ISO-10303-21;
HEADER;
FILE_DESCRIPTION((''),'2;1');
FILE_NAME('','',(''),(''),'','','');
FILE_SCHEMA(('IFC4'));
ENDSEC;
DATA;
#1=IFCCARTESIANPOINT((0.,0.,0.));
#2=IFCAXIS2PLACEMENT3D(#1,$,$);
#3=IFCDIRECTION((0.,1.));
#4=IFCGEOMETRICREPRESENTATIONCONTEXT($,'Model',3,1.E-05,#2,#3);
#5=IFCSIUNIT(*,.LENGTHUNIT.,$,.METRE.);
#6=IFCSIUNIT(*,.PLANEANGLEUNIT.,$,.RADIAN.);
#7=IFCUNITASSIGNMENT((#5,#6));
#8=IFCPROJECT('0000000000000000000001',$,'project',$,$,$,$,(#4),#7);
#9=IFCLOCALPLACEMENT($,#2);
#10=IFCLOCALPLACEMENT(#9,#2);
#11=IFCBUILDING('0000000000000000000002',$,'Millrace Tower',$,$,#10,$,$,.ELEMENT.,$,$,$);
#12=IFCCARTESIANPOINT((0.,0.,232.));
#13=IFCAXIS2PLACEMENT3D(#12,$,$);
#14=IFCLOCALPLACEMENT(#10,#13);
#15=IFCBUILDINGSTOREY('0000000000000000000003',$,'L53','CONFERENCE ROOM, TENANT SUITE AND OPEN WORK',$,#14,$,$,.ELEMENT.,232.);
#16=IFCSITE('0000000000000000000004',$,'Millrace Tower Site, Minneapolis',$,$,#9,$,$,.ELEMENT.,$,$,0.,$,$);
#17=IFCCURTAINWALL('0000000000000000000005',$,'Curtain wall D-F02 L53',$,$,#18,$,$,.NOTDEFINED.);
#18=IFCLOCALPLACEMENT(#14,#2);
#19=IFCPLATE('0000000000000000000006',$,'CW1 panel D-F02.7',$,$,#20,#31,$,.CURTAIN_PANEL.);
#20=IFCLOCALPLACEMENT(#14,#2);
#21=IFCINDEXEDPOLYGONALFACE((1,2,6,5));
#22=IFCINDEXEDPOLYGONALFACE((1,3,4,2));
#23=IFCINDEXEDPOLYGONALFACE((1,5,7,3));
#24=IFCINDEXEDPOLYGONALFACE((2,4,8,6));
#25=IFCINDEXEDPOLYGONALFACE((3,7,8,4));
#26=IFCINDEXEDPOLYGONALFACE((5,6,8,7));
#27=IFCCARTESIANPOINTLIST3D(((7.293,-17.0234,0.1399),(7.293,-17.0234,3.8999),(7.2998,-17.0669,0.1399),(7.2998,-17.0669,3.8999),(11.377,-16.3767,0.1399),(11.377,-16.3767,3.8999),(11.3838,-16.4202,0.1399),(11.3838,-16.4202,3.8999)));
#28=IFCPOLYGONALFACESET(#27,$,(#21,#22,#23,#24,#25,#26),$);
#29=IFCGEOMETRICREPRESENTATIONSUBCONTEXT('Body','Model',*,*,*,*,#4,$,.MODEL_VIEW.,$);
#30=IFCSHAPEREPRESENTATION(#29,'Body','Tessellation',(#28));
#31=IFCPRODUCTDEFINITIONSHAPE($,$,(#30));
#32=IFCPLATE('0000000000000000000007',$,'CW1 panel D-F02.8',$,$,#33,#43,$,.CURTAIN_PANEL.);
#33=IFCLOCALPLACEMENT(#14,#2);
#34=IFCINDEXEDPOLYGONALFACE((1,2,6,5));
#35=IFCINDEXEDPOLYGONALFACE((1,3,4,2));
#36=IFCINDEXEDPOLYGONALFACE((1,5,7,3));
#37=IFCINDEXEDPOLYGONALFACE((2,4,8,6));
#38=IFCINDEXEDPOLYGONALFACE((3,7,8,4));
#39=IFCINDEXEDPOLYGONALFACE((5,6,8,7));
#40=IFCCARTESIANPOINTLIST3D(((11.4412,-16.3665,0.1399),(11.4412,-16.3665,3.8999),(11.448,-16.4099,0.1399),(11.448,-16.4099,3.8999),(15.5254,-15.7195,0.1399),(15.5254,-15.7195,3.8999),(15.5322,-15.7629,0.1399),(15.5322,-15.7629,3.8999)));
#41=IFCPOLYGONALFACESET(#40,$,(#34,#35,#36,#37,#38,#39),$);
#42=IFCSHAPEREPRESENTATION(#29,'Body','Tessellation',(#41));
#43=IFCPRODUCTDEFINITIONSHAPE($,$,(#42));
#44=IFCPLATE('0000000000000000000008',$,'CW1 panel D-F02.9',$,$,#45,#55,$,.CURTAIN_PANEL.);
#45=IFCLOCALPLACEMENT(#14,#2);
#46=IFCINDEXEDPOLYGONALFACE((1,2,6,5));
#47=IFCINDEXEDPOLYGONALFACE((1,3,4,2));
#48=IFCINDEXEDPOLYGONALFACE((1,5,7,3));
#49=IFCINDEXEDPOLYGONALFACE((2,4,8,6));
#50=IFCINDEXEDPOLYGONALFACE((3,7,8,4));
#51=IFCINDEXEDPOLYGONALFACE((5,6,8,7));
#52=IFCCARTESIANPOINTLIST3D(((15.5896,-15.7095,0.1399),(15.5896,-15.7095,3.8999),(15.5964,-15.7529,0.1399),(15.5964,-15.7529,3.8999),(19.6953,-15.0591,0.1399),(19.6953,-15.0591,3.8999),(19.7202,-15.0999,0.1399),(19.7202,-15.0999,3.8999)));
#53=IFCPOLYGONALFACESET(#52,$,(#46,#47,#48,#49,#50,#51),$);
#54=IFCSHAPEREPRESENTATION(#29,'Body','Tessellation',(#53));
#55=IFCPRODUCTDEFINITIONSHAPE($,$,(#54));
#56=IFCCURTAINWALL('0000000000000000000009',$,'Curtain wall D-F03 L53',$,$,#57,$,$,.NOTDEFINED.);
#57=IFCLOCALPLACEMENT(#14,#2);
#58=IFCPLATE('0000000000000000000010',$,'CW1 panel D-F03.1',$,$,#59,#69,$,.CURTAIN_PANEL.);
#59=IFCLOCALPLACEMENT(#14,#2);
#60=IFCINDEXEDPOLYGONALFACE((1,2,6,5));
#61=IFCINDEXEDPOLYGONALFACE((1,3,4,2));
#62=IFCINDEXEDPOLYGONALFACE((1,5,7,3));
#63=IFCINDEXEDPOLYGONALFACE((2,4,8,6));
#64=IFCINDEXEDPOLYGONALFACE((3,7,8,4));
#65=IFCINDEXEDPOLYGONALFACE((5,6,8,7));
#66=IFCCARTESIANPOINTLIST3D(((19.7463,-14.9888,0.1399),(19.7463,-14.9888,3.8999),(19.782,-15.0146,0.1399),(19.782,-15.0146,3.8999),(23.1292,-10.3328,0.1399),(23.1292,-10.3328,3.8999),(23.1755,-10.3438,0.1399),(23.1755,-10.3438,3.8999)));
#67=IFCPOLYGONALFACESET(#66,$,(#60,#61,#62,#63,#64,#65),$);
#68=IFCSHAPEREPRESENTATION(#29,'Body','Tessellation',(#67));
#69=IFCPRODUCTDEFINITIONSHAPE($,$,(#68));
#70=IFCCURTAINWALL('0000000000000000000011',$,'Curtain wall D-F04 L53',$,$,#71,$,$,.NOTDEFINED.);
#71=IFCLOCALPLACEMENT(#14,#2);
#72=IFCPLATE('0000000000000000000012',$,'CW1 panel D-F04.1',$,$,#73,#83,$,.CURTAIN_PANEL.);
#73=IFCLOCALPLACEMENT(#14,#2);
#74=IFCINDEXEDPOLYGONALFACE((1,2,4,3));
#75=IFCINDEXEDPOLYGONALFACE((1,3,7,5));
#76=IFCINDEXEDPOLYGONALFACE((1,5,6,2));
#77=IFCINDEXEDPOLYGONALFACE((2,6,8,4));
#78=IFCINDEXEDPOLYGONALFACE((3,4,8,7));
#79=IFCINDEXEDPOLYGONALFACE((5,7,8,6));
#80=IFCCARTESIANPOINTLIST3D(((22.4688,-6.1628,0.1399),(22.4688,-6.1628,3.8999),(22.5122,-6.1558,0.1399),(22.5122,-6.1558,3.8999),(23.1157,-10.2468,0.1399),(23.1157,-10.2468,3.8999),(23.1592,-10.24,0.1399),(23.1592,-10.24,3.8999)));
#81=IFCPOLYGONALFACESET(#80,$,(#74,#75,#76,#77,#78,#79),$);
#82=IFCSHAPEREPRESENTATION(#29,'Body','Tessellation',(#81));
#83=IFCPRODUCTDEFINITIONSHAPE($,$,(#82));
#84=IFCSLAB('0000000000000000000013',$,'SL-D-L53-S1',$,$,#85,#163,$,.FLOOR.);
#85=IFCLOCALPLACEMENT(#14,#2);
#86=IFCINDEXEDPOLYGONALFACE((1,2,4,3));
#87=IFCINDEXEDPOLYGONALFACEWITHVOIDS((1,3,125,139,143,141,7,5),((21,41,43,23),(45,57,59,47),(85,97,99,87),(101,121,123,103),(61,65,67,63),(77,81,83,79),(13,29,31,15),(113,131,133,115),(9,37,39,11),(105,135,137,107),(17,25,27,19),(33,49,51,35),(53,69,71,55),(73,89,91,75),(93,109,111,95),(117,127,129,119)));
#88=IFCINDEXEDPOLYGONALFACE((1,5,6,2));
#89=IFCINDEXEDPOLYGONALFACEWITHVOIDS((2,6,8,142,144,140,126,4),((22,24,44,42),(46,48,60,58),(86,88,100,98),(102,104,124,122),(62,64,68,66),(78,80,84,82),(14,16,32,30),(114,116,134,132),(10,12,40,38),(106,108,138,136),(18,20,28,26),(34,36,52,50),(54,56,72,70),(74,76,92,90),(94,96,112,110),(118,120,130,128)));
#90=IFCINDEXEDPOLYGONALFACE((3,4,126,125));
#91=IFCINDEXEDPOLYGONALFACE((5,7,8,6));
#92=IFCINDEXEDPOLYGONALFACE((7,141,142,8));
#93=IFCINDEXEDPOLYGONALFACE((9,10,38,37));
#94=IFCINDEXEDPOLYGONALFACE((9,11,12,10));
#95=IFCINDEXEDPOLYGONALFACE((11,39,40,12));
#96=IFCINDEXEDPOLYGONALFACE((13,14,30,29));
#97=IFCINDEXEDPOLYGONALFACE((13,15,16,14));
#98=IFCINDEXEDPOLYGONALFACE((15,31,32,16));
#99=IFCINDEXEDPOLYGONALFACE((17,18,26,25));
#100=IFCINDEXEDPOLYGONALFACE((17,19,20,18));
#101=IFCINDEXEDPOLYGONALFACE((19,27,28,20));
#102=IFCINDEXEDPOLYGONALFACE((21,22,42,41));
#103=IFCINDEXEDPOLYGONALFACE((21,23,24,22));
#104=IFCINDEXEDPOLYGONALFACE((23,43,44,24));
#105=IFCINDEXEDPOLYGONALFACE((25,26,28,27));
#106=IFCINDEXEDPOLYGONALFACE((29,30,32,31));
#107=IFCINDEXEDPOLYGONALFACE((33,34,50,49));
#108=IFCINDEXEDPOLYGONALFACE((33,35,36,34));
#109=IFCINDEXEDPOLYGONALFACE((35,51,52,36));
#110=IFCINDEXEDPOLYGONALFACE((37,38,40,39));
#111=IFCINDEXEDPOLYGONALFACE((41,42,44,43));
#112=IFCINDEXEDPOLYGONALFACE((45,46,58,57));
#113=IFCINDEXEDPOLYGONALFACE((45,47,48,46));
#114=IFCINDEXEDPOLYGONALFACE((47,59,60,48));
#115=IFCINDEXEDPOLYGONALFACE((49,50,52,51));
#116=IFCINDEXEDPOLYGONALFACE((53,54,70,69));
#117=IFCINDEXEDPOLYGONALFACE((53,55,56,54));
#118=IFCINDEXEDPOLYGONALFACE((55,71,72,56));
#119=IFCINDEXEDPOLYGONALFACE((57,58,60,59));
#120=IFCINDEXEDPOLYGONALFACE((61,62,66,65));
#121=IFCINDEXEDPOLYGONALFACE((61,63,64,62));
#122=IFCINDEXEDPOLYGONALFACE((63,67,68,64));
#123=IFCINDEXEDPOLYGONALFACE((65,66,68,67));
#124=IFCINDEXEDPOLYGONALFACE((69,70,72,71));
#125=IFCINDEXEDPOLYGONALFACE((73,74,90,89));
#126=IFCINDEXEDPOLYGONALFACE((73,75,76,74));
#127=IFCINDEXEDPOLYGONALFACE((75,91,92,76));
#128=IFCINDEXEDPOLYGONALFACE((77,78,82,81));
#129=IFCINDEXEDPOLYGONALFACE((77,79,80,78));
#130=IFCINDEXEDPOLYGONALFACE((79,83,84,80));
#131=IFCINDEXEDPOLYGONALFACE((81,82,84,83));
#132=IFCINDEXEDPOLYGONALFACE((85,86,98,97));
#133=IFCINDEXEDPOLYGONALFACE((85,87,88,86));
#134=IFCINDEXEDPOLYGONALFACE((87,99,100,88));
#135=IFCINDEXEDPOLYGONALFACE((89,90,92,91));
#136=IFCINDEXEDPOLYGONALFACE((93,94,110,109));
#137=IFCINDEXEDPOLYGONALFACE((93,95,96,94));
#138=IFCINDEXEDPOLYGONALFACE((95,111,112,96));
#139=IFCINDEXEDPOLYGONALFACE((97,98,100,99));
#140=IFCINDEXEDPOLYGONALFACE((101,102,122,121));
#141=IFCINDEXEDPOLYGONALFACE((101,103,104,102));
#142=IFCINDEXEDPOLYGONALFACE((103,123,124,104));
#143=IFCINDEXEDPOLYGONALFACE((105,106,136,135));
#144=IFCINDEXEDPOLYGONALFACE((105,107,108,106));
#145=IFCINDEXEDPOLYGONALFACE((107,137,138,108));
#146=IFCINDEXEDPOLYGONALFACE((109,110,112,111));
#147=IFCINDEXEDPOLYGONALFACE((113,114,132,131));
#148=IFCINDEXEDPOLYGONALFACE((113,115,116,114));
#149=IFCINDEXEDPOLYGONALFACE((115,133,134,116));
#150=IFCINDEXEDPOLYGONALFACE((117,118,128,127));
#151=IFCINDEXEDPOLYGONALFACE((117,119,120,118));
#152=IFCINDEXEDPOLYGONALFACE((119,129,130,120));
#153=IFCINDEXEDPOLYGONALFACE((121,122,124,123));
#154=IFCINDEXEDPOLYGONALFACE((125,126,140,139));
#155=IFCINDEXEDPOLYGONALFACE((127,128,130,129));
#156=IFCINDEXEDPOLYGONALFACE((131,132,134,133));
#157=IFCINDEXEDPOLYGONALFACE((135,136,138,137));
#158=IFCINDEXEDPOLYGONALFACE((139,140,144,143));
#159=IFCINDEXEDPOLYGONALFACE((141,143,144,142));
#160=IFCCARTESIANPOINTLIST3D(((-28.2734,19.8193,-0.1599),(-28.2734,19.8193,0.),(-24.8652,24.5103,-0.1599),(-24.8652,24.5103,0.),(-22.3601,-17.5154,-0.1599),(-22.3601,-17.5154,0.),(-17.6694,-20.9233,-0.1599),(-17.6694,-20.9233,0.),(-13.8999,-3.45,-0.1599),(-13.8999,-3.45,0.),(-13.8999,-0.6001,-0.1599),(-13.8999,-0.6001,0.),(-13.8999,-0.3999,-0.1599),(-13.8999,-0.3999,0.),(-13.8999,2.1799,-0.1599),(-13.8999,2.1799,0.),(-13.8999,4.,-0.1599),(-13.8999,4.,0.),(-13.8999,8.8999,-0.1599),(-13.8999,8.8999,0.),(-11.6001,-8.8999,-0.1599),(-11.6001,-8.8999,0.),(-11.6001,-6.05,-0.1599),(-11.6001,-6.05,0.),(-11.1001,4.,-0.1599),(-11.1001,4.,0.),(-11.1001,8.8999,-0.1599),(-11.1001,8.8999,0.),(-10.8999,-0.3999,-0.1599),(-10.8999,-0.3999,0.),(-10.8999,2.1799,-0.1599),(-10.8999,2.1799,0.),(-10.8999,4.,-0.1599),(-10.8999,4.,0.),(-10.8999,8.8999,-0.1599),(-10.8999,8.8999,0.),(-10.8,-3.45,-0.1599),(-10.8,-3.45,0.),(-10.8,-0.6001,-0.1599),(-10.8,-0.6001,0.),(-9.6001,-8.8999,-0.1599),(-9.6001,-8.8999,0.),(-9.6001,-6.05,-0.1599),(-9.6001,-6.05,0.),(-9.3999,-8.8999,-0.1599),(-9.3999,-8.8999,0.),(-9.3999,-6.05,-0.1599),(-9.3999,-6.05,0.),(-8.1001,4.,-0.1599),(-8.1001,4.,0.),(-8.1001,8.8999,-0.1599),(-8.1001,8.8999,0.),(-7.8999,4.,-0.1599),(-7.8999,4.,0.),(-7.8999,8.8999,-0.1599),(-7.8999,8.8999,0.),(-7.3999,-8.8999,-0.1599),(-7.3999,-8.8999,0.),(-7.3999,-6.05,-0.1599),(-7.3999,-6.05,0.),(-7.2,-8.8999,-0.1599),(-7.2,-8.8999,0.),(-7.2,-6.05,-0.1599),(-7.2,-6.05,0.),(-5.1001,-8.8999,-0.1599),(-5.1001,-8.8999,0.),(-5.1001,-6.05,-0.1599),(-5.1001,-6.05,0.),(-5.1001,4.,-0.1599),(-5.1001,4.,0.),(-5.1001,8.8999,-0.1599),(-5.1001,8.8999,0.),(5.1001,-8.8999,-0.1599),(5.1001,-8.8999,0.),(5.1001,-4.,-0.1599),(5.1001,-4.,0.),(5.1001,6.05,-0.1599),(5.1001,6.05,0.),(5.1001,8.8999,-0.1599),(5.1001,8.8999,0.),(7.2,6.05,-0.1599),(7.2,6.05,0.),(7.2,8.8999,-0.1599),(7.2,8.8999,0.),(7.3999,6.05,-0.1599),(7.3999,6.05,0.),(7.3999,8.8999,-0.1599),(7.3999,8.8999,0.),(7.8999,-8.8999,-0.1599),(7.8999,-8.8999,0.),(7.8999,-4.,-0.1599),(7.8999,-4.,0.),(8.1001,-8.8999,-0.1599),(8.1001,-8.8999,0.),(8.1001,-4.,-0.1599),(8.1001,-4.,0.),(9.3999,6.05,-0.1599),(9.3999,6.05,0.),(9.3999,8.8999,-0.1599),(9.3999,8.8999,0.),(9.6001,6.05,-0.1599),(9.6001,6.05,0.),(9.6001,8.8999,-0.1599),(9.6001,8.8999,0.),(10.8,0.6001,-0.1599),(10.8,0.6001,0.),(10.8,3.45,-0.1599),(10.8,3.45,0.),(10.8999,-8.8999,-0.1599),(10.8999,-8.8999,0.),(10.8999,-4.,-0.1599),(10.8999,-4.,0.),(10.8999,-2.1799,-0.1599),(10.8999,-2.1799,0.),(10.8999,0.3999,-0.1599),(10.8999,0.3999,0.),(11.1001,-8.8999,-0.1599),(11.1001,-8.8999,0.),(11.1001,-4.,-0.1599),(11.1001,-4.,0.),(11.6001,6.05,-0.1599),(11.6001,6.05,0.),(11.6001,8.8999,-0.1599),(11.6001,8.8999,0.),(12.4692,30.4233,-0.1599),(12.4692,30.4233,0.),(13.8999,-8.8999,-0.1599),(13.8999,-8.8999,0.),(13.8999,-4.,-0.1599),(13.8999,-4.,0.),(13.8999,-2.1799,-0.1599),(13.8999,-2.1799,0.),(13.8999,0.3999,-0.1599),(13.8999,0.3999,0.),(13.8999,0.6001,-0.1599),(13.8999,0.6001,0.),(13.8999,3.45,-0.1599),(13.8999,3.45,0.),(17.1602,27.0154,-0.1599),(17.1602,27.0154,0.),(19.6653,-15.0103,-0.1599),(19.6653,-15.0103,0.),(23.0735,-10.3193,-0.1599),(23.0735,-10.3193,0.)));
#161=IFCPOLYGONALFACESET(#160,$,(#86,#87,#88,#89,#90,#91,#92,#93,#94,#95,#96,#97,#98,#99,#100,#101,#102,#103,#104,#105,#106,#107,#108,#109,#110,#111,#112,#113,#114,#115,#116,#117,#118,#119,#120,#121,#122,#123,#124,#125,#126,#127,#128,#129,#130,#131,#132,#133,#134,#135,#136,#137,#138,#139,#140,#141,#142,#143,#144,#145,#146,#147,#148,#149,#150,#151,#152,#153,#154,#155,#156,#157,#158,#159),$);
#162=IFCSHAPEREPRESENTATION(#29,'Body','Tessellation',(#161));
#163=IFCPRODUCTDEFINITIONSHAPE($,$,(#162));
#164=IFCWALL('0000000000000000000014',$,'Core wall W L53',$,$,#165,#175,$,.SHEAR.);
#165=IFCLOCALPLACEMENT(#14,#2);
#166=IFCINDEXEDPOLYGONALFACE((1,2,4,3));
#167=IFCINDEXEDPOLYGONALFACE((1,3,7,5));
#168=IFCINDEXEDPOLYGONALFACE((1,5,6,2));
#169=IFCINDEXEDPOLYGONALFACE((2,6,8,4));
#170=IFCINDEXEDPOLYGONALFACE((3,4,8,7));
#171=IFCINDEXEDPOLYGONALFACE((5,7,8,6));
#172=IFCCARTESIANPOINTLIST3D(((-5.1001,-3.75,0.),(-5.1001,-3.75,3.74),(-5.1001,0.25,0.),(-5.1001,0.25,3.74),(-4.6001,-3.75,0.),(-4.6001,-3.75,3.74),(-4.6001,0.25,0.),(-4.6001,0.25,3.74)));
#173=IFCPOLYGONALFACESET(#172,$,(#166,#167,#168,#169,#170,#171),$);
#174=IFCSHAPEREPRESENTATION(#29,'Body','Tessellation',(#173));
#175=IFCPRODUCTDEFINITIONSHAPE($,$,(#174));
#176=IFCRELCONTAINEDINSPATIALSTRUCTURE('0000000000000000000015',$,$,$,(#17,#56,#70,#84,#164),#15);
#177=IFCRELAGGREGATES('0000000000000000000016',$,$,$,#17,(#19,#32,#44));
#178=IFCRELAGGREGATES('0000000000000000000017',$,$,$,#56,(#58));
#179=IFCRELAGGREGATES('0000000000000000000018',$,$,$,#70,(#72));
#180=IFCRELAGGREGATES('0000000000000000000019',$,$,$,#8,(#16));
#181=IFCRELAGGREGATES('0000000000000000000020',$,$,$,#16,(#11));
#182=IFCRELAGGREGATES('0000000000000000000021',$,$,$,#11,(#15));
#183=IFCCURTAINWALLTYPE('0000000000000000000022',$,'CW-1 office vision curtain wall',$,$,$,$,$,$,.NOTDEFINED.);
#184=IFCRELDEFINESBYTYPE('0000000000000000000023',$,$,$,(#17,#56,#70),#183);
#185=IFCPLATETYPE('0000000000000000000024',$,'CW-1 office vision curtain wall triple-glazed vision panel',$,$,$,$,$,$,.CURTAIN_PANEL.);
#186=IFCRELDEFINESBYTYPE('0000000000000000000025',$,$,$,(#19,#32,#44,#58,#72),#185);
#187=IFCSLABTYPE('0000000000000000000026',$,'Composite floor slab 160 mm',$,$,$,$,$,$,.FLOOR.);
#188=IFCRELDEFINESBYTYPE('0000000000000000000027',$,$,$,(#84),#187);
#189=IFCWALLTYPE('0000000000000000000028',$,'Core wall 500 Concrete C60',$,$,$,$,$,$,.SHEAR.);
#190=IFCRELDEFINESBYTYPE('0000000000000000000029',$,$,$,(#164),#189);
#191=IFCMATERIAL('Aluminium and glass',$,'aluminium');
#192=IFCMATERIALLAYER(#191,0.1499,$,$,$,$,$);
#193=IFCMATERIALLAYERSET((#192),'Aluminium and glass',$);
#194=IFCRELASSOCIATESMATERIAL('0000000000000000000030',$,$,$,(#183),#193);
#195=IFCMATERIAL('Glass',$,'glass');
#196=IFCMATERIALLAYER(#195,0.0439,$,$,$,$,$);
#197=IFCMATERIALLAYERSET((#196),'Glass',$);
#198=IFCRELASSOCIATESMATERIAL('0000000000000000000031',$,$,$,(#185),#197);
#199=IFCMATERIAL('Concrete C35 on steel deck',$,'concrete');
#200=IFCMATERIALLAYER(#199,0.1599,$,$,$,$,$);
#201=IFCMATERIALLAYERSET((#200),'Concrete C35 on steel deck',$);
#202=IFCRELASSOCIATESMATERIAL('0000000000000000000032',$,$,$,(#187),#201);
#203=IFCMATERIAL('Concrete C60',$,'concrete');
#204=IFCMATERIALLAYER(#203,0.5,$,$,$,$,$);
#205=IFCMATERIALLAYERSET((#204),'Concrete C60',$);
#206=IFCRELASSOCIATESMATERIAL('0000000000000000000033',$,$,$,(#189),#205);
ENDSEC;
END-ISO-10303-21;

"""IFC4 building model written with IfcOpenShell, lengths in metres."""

from ifc_helpers import new_model, si_unit, direction, frame, frame_2d, origin, place, context, subcontext, project, spatial, polyline, rectangle, outline, extrude, material, layer, layer_set, type_object, element, aggregate, save


model = new_model("IFC4")

# Units and contexts
model_context = context("Model", 3, precision=1e-05, world=origin(), true_north=direction((0.0, 1.0)))
body_context = subcontext(model_context, "Body", "Model", "MODEL_VIEW")
ifc_project = project(units=[si_unit("LENGTHUNIT", "METRE"), si_unit("PLANEANGLEUNIT", "RADIAN")], contexts=[model_context])

# Site, building, storey
site_placement = place(None, origin())
site = spatial("IfcSite", under=ifc_project, at=site_placement, Name="Millrace Tower Site, Minneapolis", CompositionType="ELEMENT", RefElevation=0.0)
building_placement = place(site_placement, origin())
building = spatial("IfcBuilding", under=site, at=building_placement, Name="Millrace Tower", CompositionType="ELEMENT")
storey_placement = place(building_placement, frame((0.0, 0.0, 232.0)))
storey = spatial("IfcBuildingStorey", under=building, at=storey_placement, Name="L53", Description="CONFERENCE ROOM, TENANT SUITE AND OPEN WORK", CompositionType="ELEMENT", Elevation=232.0)

# Shared definitions
ifc_material_1 = material(Name="Aluminium and glass", Category="aluminium")
ifc_layer_1 = layer(ifc_material_1, 0.1499)
ifc_layer_set_1 = layer_set([ifc_layer_1], Name="Aluminium and glass")
curtain_wall_type = type_object("IfcCurtainWallType", Name="CW-1 office vision curtain wall", PredefinedType="NOTDEFINED", material=ifc_layer_set_1)
placement_1 = place(storey_placement, origin())
ifc_material_2 = material(Name="Glass", Category="glass")
ifc_layer_2 = layer(ifc_material_2, 0.0439)
ifc_layer_set_2 = layer_set([ifc_layer_2], Name="Glass")
plate_type = type_object("IfcPlateType", Name="CW-1 office vision curtain wall triple-glazed vision panel", PredefinedType="CURTAIN_PANEL", material=ifc_layer_set_2)
placement_2 = place(storey_placement, frame((0.0, 0.0, 0.1399)))

# Curtain wall, plates
curtain_wall_1 = element("IfcCurtainWall", 1, at=placement_1, inside=storey, type_object=curtain_wall_type, Name="Curtain wall D-F02 L53", PredefinedType="NOTDEFINED")
plate_1 = element("IfcPlate", 2, at=placement_2, type_object=plate_type, Name="CW1 panel D-F02.7", PredefinedType="CURTAIN_PANEL", context=body_context, shape_type="SweptSolid", body=[
    extrude(outline(polyline([(7.2998, -17.0669), (11.3838, -16.4202), (11.377, -16.3767), (7.293, -17.0234), (7.2998, -17.0669)])), origin(), (0.0, 0.0, 1.0), 3.76),
])
plate_2 = element("IfcPlate", 3, at=placement_2, type_object=plate_type, Name="CW1 panel D-F02.8", PredefinedType="CURTAIN_PANEL", context=body_context, shape_type="SweptSolid", body=[
    extrude(outline(polyline([(11.448, -16.4099), (15.5322, -15.7629), (15.5254, -15.7195), (11.4412, -16.3665), (11.448, -16.4099)])), origin(), (0.0, 0.0, 1.0), 3.76),
])
plate_3 = element("IfcPlate", 4, at=placement_2, type_object=plate_type, Name="CW1 panel D-F02.9", PredefinedType="CURTAIN_PANEL", context=body_context, shape_type="SweptSolid", body=[
    extrude(outline(polyline([(15.5964, -15.7529), (19.7202, -15.0999), (19.6953, -15.0591), (15.5896, -15.7095), (15.5964, -15.7529)])), origin(), (0.0, 0.0, 1.0), 3.76),
])
aggregate(curtain_wall_1, [plate_1, plate_2, plate_3])

# Curtain walls, plates
curtain_wall_2 = element("IfcCurtainWall", 5, at=placement_1, inside=storey, type_object=curtain_wall_type, Name="Curtain wall D-F03 L53", PredefinedType="NOTDEFINED")
plate_4 = element("IfcPlate", 6, at=placement_2, type_object=plate_type, Name="CW1 panel D-F03.1", PredefinedType="CURTAIN_PANEL", context=body_context, shape_type="SweptSolid", body=[
    extrude(outline(polyline([(19.782, -15.0146), (23.1755, -10.3438), (23.1292, -10.3328), (19.7463, -14.9888), (19.782, -15.0146)])), origin(), (0.0, 0.0, 1.0), 3.76),
])
aggregate(curtain_wall_2, [plate_4])
curtain_wall_3 = element("IfcCurtainWall", 7, at=placement_1, inside=storey, type_object=curtain_wall_type, Name="Curtain wall D-F04 L53", PredefinedType="NOTDEFINED")
plate_5 = element("IfcPlate", 8, at=placement_2, type_object=plate_type, Name="CW1 panel D-F04.1", PredefinedType="CURTAIN_PANEL", context=body_context, shape_type="SweptSolid", body=[
    extrude(outline(polyline([(23.1592, -10.24), (22.5122, -6.1558), (22.4688, -6.1628), (23.1157, -10.2468), (23.1592, -10.24)])), origin(), (0.0, 0.0, 1.0), 3.76),
])
aggregate(curtain_wall_3, [plate_5])

# Slab
ifc_material_3 = material(Name="Concrete C35 on steel deck", Category="concrete")
ifc_layer_3 = layer(ifc_material_3, 0.1599)
ifc_layer_set_3 = layer_set([ifc_layer_3], Name="Concrete C35 on steel deck")
slab_type = type_object("IfcSlabType", Name="Composite floor slab 160 mm", PredefinedType="FLOOR", material=ifc_layer_set_3)
slab_placement = place(storey_placement, frame((0.0, 0.0, -0.1599)))
element("IfcSlab", 9, at=slab_placement, inside=storey, type_object=slab_type, Name="SL-D-L53-S1", PredefinedType="FLOOR", context=body_context, shape_type="SweptSolid", body=[
    extrude(outline(polyline([(-22.3601, -17.5154), (-17.6694, -20.9233), (19.6653, -15.0103), (23.0735, -10.3193), (17.1602, 27.0154), (12.4692, 30.4233), (-24.8652, 24.5103), (-28.2734, 19.8193), (-22.3601, -17.5154)]), holes=[polyline([(-11.6001, -8.8999), (-9.6001, -8.8999), (-9.6001, -6.05), (-11.6001, -6.05), (-11.6001, -8.8999)]), polyline([(-9.3999, -8.8999), (-7.3999, -8.8999), (-7.3999, -6.05), (-9.3999, -6.05), (-9.3999, -8.8999)]), polyline([(-7.2, -8.8999), (-5.1001, -8.8999), (-5.1001, -6.05), (-7.2, -6.05), (-7.2, -8.8999)]), polyline([(-13.8999, -3.45), (-10.8, -3.45), (-10.8, -0.6001), (-13.8999, -0.6001), (-13.8999, -3.45)]), polyline([(-13.8999, -0.3999), (-10.8999, -0.3999), (-10.8999, 2.1799), (-13.8999, 2.1799), (-13.8999, -0.3999)]), polyline([(-13.8999, 4.0), (-11.1001, 4.0), (-11.1001, 8.8999), (-13.8999, 8.8999), (-13.8999, 4.0)]), polyline([(-10.8999, 4.0), (-8.1001, 4.0), (-8.1001, 8.8999), (-10.8999, 8.8999), (-10.8999, 4.0)]), polyline([(-7.8999, 4.0), (-5.1001, 4.0), (-5.1001, 8.8999), (-7.8999, 8.8999), (-7.8999, 4.0)]), polyline([(9.6001, 6.05), (11.6001, 6.05), (11.6001, 8.8999), (9.6001, 8.8999), (9.6001, 6.05)]), polyline([(7.3999, 6.05), (9.3999, 6.05), (9.3999, 8.8999), (7.3999, 8.8999), (7.3999, 6.05)]), polyline([(5.1001, 6.05), (7.2, 6.05), (7.2, 8.8999), (5.1001, 8.8999), (5.1001, 6.05)]), polyline([(10.8, 0.6001), (13.8999, 0.6001), (13.8999, 3.45), (10.8, 3.45), (10.8, 0.6001)]), polyline([(10.8999, -2.1799), (13.8999, -2.1799), (13.8999, 0.3999), (10.8999, 0.3999), (10.8999, -2.1799)]), polyline([(11.1001, -8.8999), (13.8999, -8.8999), (13.8999, -4.0), (11.1001, -4.0), (11.1001, -8.8999)]), polyline([(8.1001, -8.8999), (10.8999, -8.8999), (10.8999, -4.0), (8.1001, -4.0), (8.1001, -8.8999)]), polyline([(5.1001, -8.8999), (7.8999, -8.8999), (7.8999, -4.0), (5.1001, -4.0), (5.1001, -8.8999)])]), origin(), (0.0, 0.0, 1.0), 0.1599),
])

# Wall
ifc_material_4 = material(Name="Concrete C60", Category="concrete")
ifc_layer_4 = layer(ifc_material_4, 0.5)
ifc_layer_set_4 = layer_set([ifc_layer_4], Name="Concrete C60")
wall_type_1 = type_object("IfcWallType", Name="Core wall 500 Concrete C60", PredefinedType="SHEAR", material=ifc_layer_set_4)
wall_1_placement = place(storey_placement, frame((-4.8501, -3.75, 0.0), z_axis=(0.0, 0.0, 1.0), x_axis=(0.0, 1.0, 0.0)))
element("IfcWall", 10, at=wall_1_placement, inside=storey, type_object=wall_type_1, Name="Core wall W L53", PredefinedType="SHEAR", context=body_context, shape_type="SweptSolid", body=[
    extrude(rectangle(XDim=4.0, YDim=0.5, at=frame_2d((2.0, 0.0))), origin(), (0.0, 0.0, 1.0), 3.74),
])

save(model, "model.ifc")
